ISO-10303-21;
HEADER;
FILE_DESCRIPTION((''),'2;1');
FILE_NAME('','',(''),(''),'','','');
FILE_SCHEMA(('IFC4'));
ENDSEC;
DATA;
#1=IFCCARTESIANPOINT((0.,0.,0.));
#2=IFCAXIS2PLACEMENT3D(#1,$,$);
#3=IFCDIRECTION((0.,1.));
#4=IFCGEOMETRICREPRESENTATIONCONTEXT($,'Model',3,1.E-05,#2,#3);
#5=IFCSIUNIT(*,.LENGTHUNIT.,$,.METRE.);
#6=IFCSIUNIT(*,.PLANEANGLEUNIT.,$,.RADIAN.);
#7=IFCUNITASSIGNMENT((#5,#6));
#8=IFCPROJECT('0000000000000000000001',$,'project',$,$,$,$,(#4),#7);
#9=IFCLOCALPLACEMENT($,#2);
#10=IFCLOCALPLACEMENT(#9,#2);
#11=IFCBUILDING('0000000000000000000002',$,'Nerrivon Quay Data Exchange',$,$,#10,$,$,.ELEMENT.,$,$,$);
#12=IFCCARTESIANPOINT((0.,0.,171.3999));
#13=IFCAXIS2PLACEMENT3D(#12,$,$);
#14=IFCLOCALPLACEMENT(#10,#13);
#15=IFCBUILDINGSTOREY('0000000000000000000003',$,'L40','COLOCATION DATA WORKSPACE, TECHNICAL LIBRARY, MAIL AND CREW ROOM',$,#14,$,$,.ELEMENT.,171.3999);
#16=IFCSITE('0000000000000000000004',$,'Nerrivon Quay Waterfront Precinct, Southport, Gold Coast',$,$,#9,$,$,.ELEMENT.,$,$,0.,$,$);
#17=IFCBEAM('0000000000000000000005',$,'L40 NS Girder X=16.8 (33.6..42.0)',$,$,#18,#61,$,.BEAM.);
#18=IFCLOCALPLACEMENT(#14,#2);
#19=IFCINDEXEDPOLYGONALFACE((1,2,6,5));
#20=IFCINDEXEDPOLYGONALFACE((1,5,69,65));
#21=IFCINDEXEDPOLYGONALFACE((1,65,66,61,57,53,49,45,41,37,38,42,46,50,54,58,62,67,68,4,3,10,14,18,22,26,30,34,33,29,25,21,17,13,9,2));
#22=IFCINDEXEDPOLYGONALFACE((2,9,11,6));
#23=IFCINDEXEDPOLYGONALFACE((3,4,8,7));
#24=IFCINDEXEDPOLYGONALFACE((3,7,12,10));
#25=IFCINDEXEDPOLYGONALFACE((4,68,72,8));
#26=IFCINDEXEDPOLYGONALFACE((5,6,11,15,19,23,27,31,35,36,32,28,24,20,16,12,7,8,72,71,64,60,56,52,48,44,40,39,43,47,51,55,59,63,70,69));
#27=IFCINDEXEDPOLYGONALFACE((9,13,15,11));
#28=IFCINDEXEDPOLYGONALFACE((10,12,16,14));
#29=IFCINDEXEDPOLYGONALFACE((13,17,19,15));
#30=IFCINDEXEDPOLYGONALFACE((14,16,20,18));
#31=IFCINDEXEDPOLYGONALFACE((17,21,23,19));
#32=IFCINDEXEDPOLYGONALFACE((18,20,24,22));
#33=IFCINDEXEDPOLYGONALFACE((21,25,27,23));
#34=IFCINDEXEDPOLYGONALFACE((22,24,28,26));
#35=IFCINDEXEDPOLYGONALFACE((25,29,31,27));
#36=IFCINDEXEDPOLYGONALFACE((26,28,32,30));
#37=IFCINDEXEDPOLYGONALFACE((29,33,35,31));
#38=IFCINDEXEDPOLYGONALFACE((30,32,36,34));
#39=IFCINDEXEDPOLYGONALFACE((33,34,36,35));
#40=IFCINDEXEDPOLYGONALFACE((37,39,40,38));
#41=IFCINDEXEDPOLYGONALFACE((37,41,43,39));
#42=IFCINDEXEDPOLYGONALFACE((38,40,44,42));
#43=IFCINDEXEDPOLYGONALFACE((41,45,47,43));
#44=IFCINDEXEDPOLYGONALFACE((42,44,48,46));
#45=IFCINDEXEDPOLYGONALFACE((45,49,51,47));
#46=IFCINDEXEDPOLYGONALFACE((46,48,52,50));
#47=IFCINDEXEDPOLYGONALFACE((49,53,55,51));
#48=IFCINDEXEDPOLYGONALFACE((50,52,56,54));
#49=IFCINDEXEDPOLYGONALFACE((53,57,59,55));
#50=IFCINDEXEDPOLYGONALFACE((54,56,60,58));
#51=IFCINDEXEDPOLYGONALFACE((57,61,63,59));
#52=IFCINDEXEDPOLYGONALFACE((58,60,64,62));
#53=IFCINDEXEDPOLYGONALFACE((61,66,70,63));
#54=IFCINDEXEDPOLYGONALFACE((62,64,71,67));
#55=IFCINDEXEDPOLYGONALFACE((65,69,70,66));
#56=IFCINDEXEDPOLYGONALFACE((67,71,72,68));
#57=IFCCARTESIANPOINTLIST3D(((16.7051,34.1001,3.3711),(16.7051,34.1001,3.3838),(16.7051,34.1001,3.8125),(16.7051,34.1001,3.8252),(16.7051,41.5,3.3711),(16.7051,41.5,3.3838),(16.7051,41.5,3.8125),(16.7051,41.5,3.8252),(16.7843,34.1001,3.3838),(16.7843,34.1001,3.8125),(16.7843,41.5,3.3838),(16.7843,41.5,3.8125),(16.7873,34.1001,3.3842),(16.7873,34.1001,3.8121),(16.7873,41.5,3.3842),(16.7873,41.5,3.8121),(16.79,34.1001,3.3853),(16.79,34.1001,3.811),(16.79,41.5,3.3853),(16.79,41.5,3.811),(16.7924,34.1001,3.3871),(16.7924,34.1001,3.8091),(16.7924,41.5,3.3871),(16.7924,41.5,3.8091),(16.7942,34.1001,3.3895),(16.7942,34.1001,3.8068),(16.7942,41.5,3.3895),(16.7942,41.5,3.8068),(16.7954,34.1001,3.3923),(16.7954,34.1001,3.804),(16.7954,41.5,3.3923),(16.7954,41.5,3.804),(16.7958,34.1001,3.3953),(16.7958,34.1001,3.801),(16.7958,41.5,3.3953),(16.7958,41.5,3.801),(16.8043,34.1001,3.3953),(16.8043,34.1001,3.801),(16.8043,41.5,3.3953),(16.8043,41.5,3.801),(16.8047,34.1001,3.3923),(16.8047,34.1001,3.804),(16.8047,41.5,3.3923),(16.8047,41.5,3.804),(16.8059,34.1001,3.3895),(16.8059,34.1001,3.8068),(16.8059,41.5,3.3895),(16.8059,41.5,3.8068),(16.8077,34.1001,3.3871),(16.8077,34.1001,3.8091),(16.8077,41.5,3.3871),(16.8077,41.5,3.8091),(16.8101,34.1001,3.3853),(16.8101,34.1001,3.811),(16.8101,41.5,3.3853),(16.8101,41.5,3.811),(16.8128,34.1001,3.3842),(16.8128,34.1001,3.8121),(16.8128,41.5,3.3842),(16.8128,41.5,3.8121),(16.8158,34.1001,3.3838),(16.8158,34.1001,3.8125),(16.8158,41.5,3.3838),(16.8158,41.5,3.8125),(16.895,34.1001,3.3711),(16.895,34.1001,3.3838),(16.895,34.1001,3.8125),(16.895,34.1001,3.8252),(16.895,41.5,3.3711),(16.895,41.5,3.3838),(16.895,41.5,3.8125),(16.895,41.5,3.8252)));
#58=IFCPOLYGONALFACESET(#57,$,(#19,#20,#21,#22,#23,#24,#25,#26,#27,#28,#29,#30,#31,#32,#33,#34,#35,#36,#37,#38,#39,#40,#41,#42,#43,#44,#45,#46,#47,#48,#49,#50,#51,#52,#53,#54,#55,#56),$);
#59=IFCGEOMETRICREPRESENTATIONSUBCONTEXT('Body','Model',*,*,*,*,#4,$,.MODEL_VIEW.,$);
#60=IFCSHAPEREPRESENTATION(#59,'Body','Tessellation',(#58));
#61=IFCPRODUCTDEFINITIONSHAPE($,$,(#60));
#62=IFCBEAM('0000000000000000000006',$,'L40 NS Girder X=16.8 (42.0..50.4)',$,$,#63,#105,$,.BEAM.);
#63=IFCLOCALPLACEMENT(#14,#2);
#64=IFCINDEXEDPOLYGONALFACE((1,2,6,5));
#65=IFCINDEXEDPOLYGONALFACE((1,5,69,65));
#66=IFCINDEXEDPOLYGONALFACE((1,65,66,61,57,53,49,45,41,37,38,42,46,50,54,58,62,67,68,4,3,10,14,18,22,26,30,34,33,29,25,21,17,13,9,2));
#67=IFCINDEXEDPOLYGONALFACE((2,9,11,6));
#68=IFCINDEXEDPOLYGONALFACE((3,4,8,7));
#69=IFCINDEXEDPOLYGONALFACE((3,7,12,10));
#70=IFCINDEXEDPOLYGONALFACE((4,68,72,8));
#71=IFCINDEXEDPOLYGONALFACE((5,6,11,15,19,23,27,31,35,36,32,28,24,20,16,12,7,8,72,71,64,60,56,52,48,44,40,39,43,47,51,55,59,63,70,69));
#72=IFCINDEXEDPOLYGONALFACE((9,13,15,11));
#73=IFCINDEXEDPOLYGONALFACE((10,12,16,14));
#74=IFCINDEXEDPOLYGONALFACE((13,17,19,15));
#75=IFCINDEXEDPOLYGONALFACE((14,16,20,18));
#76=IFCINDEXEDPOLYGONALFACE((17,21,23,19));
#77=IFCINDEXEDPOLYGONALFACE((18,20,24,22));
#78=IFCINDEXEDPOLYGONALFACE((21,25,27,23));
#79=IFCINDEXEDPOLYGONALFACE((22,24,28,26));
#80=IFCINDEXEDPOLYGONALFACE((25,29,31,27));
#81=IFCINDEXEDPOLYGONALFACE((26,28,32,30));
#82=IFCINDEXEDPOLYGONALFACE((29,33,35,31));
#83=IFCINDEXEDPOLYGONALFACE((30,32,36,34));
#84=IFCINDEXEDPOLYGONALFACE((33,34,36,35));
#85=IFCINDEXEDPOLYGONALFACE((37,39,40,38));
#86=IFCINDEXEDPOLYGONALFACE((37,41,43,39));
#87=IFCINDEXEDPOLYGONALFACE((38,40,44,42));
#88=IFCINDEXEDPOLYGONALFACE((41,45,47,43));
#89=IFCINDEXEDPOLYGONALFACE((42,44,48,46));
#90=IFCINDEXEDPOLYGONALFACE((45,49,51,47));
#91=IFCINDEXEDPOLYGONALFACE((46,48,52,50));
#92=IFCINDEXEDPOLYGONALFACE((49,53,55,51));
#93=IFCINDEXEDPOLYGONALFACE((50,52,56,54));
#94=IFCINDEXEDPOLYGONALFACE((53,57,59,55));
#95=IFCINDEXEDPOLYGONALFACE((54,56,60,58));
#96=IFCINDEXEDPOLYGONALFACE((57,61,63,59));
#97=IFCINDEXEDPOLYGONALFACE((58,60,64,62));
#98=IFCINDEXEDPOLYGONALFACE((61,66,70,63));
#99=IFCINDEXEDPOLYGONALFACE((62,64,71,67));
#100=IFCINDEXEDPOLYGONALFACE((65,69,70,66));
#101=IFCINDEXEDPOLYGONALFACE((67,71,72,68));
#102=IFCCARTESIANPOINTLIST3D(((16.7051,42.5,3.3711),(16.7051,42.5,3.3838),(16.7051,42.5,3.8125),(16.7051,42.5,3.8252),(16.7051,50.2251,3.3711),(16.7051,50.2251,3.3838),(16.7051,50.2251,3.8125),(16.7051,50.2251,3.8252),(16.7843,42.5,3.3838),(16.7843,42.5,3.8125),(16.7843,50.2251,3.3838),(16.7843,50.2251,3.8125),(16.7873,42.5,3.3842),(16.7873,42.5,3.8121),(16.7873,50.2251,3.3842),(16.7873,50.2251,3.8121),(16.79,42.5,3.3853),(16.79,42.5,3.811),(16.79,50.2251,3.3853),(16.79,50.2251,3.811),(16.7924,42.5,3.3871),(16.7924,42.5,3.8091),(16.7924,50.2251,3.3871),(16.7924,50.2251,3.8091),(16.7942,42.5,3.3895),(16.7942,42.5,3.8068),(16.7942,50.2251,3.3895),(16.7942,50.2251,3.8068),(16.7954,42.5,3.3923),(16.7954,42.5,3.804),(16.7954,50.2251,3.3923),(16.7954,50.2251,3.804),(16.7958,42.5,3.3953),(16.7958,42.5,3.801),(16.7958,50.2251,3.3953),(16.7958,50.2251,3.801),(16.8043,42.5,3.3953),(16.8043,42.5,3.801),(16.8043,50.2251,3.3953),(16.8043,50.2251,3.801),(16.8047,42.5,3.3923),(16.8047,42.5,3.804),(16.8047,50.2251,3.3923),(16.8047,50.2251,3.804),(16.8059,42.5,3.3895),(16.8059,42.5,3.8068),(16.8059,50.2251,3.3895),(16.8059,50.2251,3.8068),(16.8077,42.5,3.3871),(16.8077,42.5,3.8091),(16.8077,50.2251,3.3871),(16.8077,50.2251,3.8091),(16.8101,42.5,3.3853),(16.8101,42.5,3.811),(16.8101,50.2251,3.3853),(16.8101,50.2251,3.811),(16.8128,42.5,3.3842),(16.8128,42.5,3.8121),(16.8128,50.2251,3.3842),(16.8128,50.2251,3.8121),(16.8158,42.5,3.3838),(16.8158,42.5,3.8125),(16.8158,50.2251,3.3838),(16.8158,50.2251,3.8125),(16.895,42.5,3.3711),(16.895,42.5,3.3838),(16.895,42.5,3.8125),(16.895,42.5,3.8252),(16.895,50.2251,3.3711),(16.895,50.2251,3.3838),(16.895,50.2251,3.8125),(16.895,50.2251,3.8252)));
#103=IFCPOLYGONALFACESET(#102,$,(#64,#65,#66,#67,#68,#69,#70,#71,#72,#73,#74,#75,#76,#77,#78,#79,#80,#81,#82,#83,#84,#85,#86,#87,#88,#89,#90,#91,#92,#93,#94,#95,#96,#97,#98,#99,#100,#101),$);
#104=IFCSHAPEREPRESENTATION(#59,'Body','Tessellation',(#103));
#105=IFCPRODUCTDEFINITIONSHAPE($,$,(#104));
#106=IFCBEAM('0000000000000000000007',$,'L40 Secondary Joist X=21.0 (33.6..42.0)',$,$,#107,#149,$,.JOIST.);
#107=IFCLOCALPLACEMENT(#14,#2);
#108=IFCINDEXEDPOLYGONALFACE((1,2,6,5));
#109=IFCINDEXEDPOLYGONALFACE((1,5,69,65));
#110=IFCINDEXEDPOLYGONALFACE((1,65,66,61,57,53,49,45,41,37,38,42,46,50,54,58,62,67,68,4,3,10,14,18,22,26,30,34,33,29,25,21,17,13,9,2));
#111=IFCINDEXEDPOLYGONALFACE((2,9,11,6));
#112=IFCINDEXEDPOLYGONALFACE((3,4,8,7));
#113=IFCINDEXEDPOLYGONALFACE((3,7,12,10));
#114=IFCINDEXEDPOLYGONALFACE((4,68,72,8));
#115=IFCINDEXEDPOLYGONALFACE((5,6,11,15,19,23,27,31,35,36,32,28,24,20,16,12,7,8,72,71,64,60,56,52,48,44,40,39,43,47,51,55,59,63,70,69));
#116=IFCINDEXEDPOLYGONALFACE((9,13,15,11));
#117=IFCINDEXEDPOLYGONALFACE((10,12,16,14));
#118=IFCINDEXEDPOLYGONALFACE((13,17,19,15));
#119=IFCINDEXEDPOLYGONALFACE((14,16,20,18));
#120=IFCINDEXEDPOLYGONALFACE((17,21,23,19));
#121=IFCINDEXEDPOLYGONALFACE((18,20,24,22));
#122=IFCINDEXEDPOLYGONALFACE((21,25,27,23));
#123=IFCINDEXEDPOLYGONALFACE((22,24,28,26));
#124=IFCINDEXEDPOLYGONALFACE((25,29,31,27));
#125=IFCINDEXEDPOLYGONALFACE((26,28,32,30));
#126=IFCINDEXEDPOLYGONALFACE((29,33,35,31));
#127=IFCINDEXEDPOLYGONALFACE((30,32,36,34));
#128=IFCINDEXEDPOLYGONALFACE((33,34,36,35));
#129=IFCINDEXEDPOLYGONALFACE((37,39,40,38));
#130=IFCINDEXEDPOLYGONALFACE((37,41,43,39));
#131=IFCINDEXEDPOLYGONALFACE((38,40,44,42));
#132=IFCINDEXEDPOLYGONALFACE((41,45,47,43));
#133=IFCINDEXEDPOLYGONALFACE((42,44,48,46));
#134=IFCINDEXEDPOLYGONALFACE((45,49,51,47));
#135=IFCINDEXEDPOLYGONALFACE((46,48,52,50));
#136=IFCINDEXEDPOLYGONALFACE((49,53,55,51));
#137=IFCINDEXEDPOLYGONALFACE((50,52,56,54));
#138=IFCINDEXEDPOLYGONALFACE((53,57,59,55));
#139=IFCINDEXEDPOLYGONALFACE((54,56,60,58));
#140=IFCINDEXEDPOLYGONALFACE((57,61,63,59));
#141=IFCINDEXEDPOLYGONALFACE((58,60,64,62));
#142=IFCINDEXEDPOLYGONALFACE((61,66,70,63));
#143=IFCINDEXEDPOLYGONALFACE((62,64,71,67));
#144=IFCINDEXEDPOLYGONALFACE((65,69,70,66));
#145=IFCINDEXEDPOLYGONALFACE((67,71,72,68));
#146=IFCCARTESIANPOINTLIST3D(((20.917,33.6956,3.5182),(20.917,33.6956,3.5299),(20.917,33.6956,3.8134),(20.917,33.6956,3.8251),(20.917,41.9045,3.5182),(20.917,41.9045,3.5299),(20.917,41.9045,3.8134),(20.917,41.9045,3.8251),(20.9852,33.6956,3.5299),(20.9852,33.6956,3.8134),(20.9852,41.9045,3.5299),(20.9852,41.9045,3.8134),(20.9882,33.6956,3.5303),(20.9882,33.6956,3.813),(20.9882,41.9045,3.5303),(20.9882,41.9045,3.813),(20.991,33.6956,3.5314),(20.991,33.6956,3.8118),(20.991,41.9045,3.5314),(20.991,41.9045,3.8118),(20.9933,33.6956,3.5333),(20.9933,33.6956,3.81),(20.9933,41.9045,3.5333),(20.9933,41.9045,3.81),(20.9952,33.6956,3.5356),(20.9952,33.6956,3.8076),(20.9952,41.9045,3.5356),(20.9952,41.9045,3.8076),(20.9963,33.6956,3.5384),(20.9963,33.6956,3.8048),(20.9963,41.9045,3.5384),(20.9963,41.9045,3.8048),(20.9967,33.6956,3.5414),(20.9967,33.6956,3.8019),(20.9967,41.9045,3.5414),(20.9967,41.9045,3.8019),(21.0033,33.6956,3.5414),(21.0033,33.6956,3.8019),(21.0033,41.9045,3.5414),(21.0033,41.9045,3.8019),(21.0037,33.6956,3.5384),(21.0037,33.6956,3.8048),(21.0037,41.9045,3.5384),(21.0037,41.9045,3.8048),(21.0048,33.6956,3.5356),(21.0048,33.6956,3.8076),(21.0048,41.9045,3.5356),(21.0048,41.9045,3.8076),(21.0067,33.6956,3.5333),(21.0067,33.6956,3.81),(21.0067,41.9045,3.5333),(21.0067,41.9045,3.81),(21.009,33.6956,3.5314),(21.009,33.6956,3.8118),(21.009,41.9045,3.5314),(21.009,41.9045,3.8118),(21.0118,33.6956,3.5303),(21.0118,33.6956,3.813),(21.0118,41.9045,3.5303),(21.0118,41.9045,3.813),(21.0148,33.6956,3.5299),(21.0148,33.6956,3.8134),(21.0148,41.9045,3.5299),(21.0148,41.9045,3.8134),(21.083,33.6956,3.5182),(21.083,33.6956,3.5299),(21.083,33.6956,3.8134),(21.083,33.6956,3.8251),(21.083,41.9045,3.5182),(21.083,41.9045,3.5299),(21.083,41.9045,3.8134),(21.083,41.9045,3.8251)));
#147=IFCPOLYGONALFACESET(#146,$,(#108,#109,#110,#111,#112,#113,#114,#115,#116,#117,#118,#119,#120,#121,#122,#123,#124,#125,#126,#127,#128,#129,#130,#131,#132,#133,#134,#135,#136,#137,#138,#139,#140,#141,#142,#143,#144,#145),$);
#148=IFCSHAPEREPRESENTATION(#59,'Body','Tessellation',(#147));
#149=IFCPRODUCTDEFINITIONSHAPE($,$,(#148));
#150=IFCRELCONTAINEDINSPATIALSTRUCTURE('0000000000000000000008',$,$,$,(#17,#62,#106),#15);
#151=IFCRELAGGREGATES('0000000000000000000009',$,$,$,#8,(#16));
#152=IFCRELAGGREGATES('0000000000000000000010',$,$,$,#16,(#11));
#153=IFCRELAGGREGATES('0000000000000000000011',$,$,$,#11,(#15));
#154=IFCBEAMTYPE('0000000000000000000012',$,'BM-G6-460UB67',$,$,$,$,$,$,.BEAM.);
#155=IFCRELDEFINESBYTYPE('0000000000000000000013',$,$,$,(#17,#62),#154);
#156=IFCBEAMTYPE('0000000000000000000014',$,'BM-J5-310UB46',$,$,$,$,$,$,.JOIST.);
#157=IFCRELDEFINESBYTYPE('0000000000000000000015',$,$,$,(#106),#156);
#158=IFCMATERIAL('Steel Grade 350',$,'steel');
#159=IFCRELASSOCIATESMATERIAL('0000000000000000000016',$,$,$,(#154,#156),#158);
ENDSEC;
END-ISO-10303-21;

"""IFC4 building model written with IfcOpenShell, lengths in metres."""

from ifc_helpers import new_model, si_unit, direction, frame, origin, origin_2d, place, context, subcontext, project, spatial, i_section, extrude, material, material_profile, profile_set, type_object, element, save


model = new_model("IFC4")

# Units and contexts
model_context = context("Model", 3, precision=1e-05, world=origin(), true_north=direction((0.0, 1.0)))
body_context = subcontext(model_context, "Body", "Model", "MODEL_VIEW")
ifc_project = project(units=[si_unit("LENGTHUNIT", "METRE"), si_unit("PLANEANGLEUNIT", "RADIAN")], contexts=[model_context])

# Site, building, storey
site_placement = place(None, origin())
site = spatial("IfcSite", under=ifc_project, at=site_placement, Name="Nerrivon Quay Waterfront Precinct, Southport, Gold Coast", CompositionType="ELEMENT", RefElevation=0.0)
building_placement = place(site_placement, origin())
building = spatial("IfcBuilding", under=site, at=building_placement, Name="Nerrivon Quay Data Exchange", CompositionType="ELEMENT")
storey_placement = place(building_placement, frame((0.0, 0.0, 171.3999)))
storey = spatial("IfcBuildingStorey", under=building, at=storey_placement, Name="L40", Description="COLOCATION DATA WORKSPACE, TECHNICAL LIBRARY, MAIL AND CREW ROOM", CompositionType="ELEMENT", Elevation=171.3999)

# Shared definitions
ifc_material_1 = material(Name="Steel Grade 350", Category="steel")

# Beams
ifc_material_profile_1 = material_profile(ifc_material_1, i_section(OverallWidth=0.1899, OverallDepth=0.4541, WebThickness=0.0085, FlangeThickness=0.0127, FilletRadius=0.0115, at=origin_2d()), Name="460UB67.1")
ifc_profile_set_1 = profile_set([ifc_material_profile_1], Name="Steel Grade 350")
beam_type_1 = type_object("IfcBeamType", Name="BM-G6-460UB67", PredefinedType="BEAM", material=ifc_profile_set_1)
beam_1_placement = place(storey_placement, frame((16.8, 34.1001, 3.5981), z_axis=(0.0, 1.0, 0.0), x_axis=(-1.0, 0.0, 0.0)))
element("IfcBeam", 1, at=beam_1_placement, inside=storey, type_object=beam_type_1, Name="L40 NS Girder X=16.8 (33.6..42.0)", PredefinedType="BEAM", context=body_context, shape_type="SweptSolid", body=[
    extrude(i_section(OverallWidth=0.1899, OverallDepth=0.4541, WebThickness=0.0085, FlangeThickness=0.0127, FilletRadius=0.0115, at=origin_2d()), origin(), (0.0, 0.0, 1.0), 7.3999),
])
beam_2_placement = place(storey_placement, frame((16.8, 42.5, 3.5981), z_axis=(0.0, 1.0, 0.0), x_axis=(-1.0, 0.0, 0.0)))
element("IfcBeam", 2, at=beam_2_placement, inside=storey, type_object=beam_type_1, Name="L40 NS Girder X=16.8 (42.0..50.4)", PredefinedType="BEAM", context=body_context, shape_type="SweptSolid", body=[
    extrude(i_section(OverallWidth=0.1899, OverallDepth=0.4541, WebThickness=0.0085, FlangeThickness=0.0127, FilletRadius=0.0115, at=origin_2d()), origin(), (0.0, 0.0, 1.0), 7.7251),
])
ifc_material_profile_2 = material_profile(ifc_material_1, i_section(OverallWidth=0.166, OverallDepth=0.3069, WebThickness=0.0066, FlangeThickness=0.0117, FilletRadius=0.0115, at=origin_2d()), Name="310UB46.2")
ifc_profile_set_2 = profile_set([ifc_material_profile_2], Name="Steel Grade 350")
beam_type_2 = type_object("IfcBeamType", Name="BM-J5-310UB46", PredefinedType="JOIST", material=ifc_profile_set_2)
beam_3_placement = place(storey_placement, frame((21.0, 33.6956, 3.6716), z_axis=(0.0, 1.0, 0.0), x_axis=(-1.0, 0.0, 0.0)))
element("IfcBeam", 3, at=beam_3_placement, inside=storey, type_object=beam_type_2, Name="L40 Secondary Joist X=21.0 (33.6..42.0)", PredefinedType="JOIST", context=body_context, shape_type="SweptSolid", body=[
    extrude(i_section(OverallWidth=0.166, OverallDepth=0.3069, WebThickness=0.0066, FlangeThickness=0.0117, FilletRadius=0.0115, at=origin_2d()), origin(), (0.0, 0.0, 1.0), 8.209),
])

save(model, "model.ifc")
